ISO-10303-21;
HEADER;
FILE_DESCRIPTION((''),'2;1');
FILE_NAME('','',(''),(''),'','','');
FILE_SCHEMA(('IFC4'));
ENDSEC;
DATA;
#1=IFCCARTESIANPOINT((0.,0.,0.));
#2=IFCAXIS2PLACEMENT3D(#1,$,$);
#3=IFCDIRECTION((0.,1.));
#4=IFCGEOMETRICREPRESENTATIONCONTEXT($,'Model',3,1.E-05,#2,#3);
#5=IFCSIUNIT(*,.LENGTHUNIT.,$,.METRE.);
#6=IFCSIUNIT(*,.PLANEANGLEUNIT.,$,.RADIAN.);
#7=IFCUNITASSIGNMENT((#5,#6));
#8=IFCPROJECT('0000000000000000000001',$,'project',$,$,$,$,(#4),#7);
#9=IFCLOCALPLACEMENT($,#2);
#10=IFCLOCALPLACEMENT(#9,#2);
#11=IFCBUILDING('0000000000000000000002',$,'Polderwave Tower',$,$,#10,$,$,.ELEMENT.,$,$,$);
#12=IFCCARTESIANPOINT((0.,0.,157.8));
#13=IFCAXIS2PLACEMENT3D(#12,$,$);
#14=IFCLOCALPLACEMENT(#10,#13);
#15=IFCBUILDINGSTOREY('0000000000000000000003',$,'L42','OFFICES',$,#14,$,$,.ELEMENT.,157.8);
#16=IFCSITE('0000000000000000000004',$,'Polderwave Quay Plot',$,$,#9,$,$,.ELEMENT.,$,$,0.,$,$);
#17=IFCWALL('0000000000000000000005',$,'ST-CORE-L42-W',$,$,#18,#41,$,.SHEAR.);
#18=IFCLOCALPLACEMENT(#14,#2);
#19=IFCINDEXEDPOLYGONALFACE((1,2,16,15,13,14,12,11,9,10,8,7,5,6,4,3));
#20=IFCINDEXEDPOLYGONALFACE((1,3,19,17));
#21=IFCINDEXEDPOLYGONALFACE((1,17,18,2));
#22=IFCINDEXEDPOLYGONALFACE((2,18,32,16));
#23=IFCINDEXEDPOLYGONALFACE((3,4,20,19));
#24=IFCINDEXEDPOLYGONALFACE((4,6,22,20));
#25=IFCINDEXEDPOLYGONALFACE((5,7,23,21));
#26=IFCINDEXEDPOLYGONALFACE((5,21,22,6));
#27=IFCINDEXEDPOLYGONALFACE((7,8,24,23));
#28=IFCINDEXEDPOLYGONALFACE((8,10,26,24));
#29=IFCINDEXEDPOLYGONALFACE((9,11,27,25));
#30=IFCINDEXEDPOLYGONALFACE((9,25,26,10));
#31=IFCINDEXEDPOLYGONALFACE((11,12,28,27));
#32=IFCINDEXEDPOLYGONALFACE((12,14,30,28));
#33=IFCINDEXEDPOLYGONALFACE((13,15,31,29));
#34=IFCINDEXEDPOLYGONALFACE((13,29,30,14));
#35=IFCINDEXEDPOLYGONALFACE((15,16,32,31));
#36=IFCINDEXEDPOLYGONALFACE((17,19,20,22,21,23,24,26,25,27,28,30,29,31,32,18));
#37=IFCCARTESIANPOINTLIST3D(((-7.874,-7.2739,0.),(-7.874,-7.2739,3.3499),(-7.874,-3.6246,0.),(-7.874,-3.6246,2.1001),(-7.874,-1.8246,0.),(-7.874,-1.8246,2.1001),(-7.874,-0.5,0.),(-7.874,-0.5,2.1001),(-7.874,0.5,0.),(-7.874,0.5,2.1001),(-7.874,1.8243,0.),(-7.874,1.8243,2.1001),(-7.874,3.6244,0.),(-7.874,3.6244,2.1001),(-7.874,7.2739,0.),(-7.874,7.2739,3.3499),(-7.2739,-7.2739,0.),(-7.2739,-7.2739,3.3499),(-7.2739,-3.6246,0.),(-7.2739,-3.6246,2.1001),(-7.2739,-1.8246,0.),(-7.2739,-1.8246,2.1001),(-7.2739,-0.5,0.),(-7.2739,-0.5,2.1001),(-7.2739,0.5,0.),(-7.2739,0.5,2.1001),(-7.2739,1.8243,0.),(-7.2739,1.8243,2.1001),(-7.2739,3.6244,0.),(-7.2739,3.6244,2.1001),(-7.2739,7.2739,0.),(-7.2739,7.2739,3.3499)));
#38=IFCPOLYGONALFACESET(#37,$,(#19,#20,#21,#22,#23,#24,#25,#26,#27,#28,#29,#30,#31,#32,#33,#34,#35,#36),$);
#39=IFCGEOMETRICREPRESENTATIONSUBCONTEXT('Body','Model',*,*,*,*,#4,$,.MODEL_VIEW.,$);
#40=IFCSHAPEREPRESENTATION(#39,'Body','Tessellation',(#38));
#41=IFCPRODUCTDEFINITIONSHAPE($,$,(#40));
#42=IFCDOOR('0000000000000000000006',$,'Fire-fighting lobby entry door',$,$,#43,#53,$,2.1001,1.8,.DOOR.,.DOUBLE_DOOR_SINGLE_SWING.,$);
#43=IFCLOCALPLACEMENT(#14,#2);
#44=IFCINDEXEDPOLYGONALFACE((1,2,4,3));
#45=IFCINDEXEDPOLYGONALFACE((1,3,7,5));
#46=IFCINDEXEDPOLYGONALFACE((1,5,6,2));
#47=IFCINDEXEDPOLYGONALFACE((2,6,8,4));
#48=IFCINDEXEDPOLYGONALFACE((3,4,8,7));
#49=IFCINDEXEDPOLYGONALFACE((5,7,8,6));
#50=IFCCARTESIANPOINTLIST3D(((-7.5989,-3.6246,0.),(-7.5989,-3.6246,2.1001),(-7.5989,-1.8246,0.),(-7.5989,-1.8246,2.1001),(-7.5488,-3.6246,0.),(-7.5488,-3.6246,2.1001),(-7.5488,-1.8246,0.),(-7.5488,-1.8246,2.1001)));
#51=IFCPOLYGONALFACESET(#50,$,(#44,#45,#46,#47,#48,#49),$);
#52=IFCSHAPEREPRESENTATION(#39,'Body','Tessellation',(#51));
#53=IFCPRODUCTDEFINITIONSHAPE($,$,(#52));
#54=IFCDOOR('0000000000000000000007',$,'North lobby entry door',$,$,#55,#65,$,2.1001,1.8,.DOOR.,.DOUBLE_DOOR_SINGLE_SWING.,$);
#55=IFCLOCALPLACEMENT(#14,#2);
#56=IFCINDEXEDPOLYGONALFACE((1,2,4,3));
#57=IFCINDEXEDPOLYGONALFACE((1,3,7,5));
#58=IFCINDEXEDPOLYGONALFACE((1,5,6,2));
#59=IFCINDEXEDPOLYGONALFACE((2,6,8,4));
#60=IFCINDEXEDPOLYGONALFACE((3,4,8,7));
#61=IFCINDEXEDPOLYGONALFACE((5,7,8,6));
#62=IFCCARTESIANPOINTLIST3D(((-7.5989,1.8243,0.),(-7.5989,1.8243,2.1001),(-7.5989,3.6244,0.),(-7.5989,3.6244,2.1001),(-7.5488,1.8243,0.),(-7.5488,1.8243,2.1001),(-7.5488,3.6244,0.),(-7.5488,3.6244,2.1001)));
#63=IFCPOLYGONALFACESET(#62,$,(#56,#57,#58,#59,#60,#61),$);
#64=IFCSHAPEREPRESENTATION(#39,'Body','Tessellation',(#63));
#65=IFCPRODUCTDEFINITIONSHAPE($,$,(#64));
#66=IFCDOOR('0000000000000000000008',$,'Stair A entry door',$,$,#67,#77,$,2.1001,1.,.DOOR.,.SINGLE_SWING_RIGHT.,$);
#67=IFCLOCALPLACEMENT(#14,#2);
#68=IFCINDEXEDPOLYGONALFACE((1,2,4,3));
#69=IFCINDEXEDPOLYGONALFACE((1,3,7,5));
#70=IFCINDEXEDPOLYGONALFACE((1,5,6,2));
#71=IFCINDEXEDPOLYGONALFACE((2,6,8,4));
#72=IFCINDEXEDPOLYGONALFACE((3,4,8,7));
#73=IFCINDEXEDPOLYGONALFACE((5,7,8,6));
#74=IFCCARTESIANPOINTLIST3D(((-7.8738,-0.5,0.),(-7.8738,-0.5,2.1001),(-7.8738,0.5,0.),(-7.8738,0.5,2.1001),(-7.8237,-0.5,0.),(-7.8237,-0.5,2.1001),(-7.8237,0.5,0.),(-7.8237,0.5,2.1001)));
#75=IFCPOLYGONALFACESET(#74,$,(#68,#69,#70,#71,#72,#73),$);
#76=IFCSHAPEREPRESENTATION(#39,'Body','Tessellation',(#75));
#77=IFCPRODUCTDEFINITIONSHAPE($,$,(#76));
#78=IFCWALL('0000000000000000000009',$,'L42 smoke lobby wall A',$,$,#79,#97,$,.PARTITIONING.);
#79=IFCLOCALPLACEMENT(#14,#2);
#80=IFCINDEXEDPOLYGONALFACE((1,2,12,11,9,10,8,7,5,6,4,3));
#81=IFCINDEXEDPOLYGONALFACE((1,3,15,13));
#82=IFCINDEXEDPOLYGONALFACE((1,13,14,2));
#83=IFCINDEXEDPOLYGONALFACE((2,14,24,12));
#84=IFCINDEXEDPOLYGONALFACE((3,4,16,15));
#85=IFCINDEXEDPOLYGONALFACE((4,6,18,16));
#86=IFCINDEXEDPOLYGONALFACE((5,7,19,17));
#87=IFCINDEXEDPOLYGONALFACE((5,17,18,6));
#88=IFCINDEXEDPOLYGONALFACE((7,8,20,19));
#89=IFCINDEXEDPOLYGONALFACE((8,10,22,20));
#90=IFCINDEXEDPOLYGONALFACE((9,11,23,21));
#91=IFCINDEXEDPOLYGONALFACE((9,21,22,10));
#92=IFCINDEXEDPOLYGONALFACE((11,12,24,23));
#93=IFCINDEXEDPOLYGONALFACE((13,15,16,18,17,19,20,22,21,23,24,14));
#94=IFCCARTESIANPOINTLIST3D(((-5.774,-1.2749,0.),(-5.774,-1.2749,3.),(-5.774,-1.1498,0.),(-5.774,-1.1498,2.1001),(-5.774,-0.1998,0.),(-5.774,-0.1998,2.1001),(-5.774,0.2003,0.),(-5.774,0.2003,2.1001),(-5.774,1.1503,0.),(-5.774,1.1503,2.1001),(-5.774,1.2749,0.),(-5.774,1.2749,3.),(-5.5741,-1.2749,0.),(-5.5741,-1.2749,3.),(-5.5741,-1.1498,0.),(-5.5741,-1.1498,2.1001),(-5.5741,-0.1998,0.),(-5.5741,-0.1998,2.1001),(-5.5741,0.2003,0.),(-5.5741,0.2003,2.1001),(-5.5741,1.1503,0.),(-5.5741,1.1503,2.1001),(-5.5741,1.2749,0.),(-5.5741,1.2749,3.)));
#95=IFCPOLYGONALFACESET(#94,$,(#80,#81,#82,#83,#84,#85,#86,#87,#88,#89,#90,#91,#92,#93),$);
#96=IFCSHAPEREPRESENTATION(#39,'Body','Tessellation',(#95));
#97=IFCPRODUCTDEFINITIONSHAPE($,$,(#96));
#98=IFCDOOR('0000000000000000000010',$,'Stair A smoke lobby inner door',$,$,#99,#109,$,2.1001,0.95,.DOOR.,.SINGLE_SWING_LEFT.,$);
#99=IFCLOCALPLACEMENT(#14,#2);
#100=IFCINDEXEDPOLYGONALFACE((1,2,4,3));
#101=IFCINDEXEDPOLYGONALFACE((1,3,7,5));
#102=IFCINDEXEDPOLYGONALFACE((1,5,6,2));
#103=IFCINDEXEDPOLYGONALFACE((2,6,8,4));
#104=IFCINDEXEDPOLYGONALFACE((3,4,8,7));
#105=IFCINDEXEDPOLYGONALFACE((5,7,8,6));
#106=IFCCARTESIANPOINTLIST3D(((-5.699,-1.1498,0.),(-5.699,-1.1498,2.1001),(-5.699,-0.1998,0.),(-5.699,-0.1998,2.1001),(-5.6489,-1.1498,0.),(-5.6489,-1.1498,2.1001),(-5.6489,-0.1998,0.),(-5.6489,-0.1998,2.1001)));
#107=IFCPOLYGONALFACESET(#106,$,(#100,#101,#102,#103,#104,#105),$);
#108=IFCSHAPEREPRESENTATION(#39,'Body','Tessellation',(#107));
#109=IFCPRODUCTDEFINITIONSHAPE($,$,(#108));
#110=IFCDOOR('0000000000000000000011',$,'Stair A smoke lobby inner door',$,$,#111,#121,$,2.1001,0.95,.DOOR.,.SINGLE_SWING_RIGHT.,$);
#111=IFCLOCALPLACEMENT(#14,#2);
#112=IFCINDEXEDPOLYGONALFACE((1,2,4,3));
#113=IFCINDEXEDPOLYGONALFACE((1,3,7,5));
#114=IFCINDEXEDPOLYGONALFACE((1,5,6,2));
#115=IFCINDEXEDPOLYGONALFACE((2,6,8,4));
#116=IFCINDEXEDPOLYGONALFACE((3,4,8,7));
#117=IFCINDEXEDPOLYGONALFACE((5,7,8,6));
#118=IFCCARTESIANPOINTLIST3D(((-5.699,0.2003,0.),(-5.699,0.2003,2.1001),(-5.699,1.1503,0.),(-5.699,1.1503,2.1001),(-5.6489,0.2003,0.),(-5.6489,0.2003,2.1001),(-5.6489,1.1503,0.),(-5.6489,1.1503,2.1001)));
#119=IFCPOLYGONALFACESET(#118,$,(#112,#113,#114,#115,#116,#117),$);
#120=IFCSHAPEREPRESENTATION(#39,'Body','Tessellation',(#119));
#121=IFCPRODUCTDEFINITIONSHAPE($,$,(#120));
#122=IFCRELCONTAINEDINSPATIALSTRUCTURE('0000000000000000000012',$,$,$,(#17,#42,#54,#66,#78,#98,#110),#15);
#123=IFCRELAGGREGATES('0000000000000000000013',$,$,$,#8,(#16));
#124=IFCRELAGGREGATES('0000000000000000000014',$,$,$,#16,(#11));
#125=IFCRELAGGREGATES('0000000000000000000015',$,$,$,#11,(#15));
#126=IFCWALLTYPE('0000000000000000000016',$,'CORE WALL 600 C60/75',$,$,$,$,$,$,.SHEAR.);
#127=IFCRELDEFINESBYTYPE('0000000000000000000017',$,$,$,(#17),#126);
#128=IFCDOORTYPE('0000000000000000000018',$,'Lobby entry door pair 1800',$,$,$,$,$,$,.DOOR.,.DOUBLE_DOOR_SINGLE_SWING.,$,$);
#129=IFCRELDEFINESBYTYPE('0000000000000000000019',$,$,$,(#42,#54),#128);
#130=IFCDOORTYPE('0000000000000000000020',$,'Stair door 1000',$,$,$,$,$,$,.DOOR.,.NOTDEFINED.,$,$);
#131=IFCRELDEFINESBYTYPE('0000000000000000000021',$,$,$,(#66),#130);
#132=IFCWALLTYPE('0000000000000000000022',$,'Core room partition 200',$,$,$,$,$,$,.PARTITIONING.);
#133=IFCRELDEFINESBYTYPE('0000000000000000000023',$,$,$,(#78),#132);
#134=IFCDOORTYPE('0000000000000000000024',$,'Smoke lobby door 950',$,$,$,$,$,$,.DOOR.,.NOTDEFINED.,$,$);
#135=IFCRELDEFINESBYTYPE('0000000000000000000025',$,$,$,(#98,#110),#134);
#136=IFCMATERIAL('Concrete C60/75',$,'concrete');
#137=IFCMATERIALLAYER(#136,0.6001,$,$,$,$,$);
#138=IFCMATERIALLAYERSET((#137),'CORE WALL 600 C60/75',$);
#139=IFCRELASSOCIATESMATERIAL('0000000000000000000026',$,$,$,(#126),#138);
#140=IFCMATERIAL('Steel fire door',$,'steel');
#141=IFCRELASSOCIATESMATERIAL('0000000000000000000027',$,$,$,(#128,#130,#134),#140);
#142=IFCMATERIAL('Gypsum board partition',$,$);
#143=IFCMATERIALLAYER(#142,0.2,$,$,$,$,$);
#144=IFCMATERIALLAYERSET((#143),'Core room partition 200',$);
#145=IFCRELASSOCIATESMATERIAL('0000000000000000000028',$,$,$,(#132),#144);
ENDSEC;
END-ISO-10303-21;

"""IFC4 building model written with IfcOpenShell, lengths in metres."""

from ifc_helpers import new_model, si_unit, direction, frame, frame_2d, origin, place, context, subcontext, project, spatial, rectangle, extrude, material, layer, layer_set, type_object, element, fill, save


model = new_model("IFC4")

# Units and contexts
model_context = context("Model", 3, precision=1e-05, world=origin(), true_north=direction((0.0, 1.0)))
body_context = subcontext(model_context, "Body", "Model", "MODEL_VIEW")
ifc_project = project(units=[si_unit("LENGTHUNIT", "METRE"), si_unit("PLANEANGLEUNIT", "RADIAN")], contexts=[model_context])

# Site, building, storey
site_placement = place(None, origin())
site = spatial("IfcSite", under=ifc_project, at=site_placement, Name="Polderwave Quay Plot", CompositionType="ELEMENT", RefElevation=0.0)
building_placement = place(site_placement, origin())
building = spatial("IfcBuilding", under=site, at=building_placement, Name="Polderwave Tower", CompositionType="ELEMENT")
storey_placement = place(building_placement, frame((0.0, 0.0, 157.8)))
storey = spatial("IfcBuildingStorey", under=building, at=storey_placement, Name="L42", Description="OFFICES", CompositionType="ELEMENT", Elevation=157.8)

# Walls, openings, doors
ifc_material_1 = material(Name="Concrete C60/75", Category="concrete")
ifc_layer_1 = layer(ifc_material_1, 0.6001)
ifc_layer_set_1 = layer_set([ifc_layer_1], Name="CORE WALL 600 C60/75")
wall_type_1 = type_object("IfcWallType", Name="CORE WALL 600 C60/75", PredefinedType="SHEAR", material=ifc_layer_set_1)
wall_1_placement = place(storey_placement, frame((-7.574, -7.2739, 0.0), z_axis=(0.0, 0.0, 1.0), x_axis=(0.0, 1.0, 0.0)))
wall_1 = element("IfcWall", 1, at=wall_1_placement, inside=storey, type_object=wall_type_1, Name="ST-CORE-L42-W", PredefinedType="SHEAR", context=body_context, shape_type="SweptSolid", body=[
    extrude(rectangle(XDim=14.5479, YDim=0.6001, at=frame_2d((7.2739, 0.0))), origin(), (0.0, 0.0, 1.0), 3.3499),
])
opening_1_placement = place(wall_1_placement, frame((6.7739, 0.0, 0.0)))
opening_1 = element("IfcOpeningElement", 2, at=opening_1_placement, cuts=wall_1, PredefinedType="OPENING", context=body_context, shape_type="SweptSolid", body=[
    extrude(rectangle(XDim=1.0, YDim=2.1001, at=frame_2d((0.5, 1.05))), frame((0.0, 0.3101, 0.0), z_axis=(0.0, -1.0, 0.0), x_axis=(1.0, 0.0, 0.0)), (0.0, 0.0, 1.0), 0.6201),
])
opening_2_placement = place(wall_1_placement, frame((3.6494, 0.0, 0.0)))
opening_2 = element("IfcOpeningElement", 3, at=opening_2_placement, cuts=wall_1, PredefinedType="OPENING", context=body_context, shape_type="SweptSolid", body=[
    extrude(rectangle(XDim=1.8, YDim=2.1001, at=frame_2d((0.8999, 1.05))), frame((0.0, 0.3101, 0.0), z_axis=(0.0, -1.0, 0.0), x_axis=(1.0, 0.0, 0.0)), (0.0, 0.0, 1.0), 0.6201),
])
opening_3_placement = place(wall_1_placement, frame((9.0984, 0.0, 0.0)))
opening_3 = element("IfcOpeningElement", 4, at=opening_3_placement, cuts=wall_1, PredefinedType="OPENING", context=body_context, shape_type="SweptSolid", body=[
    extrude(rectangle(XDim=1.8, YDim=2.1001, at=frame_2d((0.8999, 1.05))), frame((0.0, 0.3101, 0.0), z_axis=(0.0, -1.0, 0.0), x_axis=(1.0, 0.0, 0.0)), (0.0, 0.0, 1.0), 0.6201),
])
ifc_material_2 = material(Name="Steel fire door", Category="steel")
door_type_1 = type_object("IfcDoorType", Name="Lobby entry door pair 1800", OperationType="DOUBLE_DOOR_SINGLE_SWING", PredefinedType="DOOR", material=ifc_material_2)
door_1_placement = place(opening_2_placement, origin())
door_1 = element("IfcDoor", 5, at=door_1_placement, inside=storey, type_object=door_type_1, Name="Fire-fighting lobby entry door", OperationType="DOUBLE_DOOR_SINGLE_SWING", OverallHeight=2.1001, OverallWidth=1.8, PredefinedType="DOOR", context=body_context, shape_type="SweptSolid", body=[
    extrude(rectangle(XDim=1.8, YDim=2.1001, at=frame_2d((0.8999, 1.05))), frame((0.0, 0.0249, 0.0), z_axis=(0.0, -1.0, 0.0), x_axis=(1.0, 0.0, 0.0)), (0.0, 0.0, 1.0), 0.05),
])
fill(opening_2, door_1)
door_2_placement = place(opening_3_placement, origin())
door_2 = element("IfcDoor", 6, at=door_2_placement, inside=storey, type_object=door_type_1, Name="North lobby entry door", OperationType="DOUBLE_DOOR_SINGLE_SWING", OverallHeight=2.1001, OverallWidth=1.8, PredefinedType="DOOR", context=body_context, shape_type="SweptSolid", body=[
    extrude(rectangle(XDim=1.8, YDim=2.1001, at=frame_2d((0.8999, 1.05))), frame((0.0, 0.0249, 0.0), z_axis=(0.0, -1.0, 0.0), x_axis=(1.0, 0.0, 0.0)), (0.0, 0.0, 1.0), 0.05),
])
fill(opening_3, door_2)
door_type_2 = type_object("IfcDoorType", Name="Stair door 1000", OperationType="NOTDEFINED", PredefinedType="DOOR", material=ifc_material_2)
door_3_placement = place(opening_1_placement, origin())
door_3 = element("IfcDoor", 7, at=door_3_placement, inside=storey, type_object=door_type_2, Name="Stair A entry door", OperationType="SINGLE_SWING_RIGHT", OverallHeight=2.1001, OverallWidth=1.0, PredefinedType="DOOR", context=body_context, shape_type="SweptSolid", body=[
    extrude(rectangle(XDim=1.0, YDim=2.1001, at=frame_2d((0.5, 1.05))), frame((0.0, 0.2998, 0.0), z_axis=(0.0, -1.0, 0.0), x_axis=(1.0, 0.0, 0.0)), (0.0, 0.0, 1.0), 0.05),
])
fill(opening_1, door_3)
ifc_material_3 = material(Name="Gypsum board partition")
ifc_layer_2 = layer(ifc_material_3, 0.2)
ifc_layer_set_2 = layer_set([ifc_layer_2], Name="Core room partition 200")
wall_type_2 = type_object("IfcWallType", Name="Core room partition 200", PredefinedType="PARTITIONING", material=ifc_layer_set_2)
wall_2_placement = place(storey_placement, frame((-5.6741, -1.2749, 0.0), z_axis=(0.0, 0.0, 1.0), x_axis=(0.0, 1.0, 0.0)))
wall_2 = element("IfcWall", 8, at=wall_2_placement, inside=storey, type_object=wall_type_2, Name="L42 smoke lobby wall A", PredefinedType="PARTITIONING", context=body_context, shape_type="SweptSolid", body=[
    extrude(rectangle(XDim=2.5498, YDim=0.2, at=frame_2d((1.2749, 0.0))), origin(), (0.0, 0.0, 1.0), 3.0),
])
opening_4_placement = place(wall_2_placement, frame((0.125, 0.0, 0.0)))
opening_4 = element("IfcOpeningElement", 9, at=opening_4_placement, cuts=wall_2, PredefinedType="OPENING", context=body_context, shape_type="SweptSolid", body=[
    extrude(rectangle(XDim=0.95, YDim=2.1001, at=frame_2d((0.4751, 1.05))), frame((0.0, 0.1099, 0.0), z_axis=(0.0, -1.0, 0.0), x_axis=(1.0, 0.0, 0.0)), (0.0, 0.0, 1.0), 0.22),
])
opening_5_placement = place(wall_2_placement, frame((1.4751, 0.0, 0.0)))
opening_5 = element("IfcOpeningElement", 10, at=opening_5_placement, cuts=wall_2, PredefinedType="OPENING", context=body_context, shape_type="SweptSolid", body=[
    extrude(rectangle(XDim=0.95, YDim=2.1001, at=frame_2d((0.4751, 1.05))), frame((0.0, 0.1099, 0.0), z_axis=(0.0, -1.0, 0.0), x_axis=(1.0, 0.0, 0.0)), (0.0, 0.0, 1.0), 0.22),
])
door_type_3 = type_object("IfcDoorType", Name="Smoke lobby door 950", OperationType="NOTDEFINED", PredefinedType="DOOR", material=ifc_material_2)
door_4_placement = place(opening_4_placement, origin())
door_4 = element("IfcDoor", 11, at=door_4_placement, inside=storey, type_object=door_type_3, Name="Stair A smoke lobby inner door", OperationType="SINGLE_SWING_LEFT", OverallHeight=2.1001, OverallWidth=0.95, PredefinedType="DOOR", context=body_context, shape_type="SweptSolid", body=[
    extrude(rectangle(XDim=0.95, YDim=2.1001, at=frame_2d((0.4751, 1.05))), frame((0.0, 0.0249, 0.0), z_axis=(0.0, -1.0, 0.0), x_axis=(1.0, 0.0, 0.0)), (0.0, 0.0, 1.0), 0.05),
])
fill(opening_4, door_4)
door_5_placement = place(opening_5_placement, origin())
door_5 = element("IfcDoor", 12, at=door_5_placement, inside=storey, type_object=door_type_3, Name="Stair A smoke lobby inner door", OperationType="SINGLE_SWING_RIGHT", OverallHeight=2.1001, OverallWidth=0.95, PredefinedType="DOOR", context=body_context, shape_type="SweptSolid", body=[
    extrude(rectangle(XDim=0.95, YDim=2.1001, at=frame_2d((0.4751, 1.05))), frame((0.0, 0.0249, 0.0), z_axis=(0.0, -1.0, 0.0), x_axis=(1.0, 0.0, 0.0)), (0.0, 0.0, 1.0), 0.05),
])
fill(opening_5, door_5)

save(model, "model.ifc")
